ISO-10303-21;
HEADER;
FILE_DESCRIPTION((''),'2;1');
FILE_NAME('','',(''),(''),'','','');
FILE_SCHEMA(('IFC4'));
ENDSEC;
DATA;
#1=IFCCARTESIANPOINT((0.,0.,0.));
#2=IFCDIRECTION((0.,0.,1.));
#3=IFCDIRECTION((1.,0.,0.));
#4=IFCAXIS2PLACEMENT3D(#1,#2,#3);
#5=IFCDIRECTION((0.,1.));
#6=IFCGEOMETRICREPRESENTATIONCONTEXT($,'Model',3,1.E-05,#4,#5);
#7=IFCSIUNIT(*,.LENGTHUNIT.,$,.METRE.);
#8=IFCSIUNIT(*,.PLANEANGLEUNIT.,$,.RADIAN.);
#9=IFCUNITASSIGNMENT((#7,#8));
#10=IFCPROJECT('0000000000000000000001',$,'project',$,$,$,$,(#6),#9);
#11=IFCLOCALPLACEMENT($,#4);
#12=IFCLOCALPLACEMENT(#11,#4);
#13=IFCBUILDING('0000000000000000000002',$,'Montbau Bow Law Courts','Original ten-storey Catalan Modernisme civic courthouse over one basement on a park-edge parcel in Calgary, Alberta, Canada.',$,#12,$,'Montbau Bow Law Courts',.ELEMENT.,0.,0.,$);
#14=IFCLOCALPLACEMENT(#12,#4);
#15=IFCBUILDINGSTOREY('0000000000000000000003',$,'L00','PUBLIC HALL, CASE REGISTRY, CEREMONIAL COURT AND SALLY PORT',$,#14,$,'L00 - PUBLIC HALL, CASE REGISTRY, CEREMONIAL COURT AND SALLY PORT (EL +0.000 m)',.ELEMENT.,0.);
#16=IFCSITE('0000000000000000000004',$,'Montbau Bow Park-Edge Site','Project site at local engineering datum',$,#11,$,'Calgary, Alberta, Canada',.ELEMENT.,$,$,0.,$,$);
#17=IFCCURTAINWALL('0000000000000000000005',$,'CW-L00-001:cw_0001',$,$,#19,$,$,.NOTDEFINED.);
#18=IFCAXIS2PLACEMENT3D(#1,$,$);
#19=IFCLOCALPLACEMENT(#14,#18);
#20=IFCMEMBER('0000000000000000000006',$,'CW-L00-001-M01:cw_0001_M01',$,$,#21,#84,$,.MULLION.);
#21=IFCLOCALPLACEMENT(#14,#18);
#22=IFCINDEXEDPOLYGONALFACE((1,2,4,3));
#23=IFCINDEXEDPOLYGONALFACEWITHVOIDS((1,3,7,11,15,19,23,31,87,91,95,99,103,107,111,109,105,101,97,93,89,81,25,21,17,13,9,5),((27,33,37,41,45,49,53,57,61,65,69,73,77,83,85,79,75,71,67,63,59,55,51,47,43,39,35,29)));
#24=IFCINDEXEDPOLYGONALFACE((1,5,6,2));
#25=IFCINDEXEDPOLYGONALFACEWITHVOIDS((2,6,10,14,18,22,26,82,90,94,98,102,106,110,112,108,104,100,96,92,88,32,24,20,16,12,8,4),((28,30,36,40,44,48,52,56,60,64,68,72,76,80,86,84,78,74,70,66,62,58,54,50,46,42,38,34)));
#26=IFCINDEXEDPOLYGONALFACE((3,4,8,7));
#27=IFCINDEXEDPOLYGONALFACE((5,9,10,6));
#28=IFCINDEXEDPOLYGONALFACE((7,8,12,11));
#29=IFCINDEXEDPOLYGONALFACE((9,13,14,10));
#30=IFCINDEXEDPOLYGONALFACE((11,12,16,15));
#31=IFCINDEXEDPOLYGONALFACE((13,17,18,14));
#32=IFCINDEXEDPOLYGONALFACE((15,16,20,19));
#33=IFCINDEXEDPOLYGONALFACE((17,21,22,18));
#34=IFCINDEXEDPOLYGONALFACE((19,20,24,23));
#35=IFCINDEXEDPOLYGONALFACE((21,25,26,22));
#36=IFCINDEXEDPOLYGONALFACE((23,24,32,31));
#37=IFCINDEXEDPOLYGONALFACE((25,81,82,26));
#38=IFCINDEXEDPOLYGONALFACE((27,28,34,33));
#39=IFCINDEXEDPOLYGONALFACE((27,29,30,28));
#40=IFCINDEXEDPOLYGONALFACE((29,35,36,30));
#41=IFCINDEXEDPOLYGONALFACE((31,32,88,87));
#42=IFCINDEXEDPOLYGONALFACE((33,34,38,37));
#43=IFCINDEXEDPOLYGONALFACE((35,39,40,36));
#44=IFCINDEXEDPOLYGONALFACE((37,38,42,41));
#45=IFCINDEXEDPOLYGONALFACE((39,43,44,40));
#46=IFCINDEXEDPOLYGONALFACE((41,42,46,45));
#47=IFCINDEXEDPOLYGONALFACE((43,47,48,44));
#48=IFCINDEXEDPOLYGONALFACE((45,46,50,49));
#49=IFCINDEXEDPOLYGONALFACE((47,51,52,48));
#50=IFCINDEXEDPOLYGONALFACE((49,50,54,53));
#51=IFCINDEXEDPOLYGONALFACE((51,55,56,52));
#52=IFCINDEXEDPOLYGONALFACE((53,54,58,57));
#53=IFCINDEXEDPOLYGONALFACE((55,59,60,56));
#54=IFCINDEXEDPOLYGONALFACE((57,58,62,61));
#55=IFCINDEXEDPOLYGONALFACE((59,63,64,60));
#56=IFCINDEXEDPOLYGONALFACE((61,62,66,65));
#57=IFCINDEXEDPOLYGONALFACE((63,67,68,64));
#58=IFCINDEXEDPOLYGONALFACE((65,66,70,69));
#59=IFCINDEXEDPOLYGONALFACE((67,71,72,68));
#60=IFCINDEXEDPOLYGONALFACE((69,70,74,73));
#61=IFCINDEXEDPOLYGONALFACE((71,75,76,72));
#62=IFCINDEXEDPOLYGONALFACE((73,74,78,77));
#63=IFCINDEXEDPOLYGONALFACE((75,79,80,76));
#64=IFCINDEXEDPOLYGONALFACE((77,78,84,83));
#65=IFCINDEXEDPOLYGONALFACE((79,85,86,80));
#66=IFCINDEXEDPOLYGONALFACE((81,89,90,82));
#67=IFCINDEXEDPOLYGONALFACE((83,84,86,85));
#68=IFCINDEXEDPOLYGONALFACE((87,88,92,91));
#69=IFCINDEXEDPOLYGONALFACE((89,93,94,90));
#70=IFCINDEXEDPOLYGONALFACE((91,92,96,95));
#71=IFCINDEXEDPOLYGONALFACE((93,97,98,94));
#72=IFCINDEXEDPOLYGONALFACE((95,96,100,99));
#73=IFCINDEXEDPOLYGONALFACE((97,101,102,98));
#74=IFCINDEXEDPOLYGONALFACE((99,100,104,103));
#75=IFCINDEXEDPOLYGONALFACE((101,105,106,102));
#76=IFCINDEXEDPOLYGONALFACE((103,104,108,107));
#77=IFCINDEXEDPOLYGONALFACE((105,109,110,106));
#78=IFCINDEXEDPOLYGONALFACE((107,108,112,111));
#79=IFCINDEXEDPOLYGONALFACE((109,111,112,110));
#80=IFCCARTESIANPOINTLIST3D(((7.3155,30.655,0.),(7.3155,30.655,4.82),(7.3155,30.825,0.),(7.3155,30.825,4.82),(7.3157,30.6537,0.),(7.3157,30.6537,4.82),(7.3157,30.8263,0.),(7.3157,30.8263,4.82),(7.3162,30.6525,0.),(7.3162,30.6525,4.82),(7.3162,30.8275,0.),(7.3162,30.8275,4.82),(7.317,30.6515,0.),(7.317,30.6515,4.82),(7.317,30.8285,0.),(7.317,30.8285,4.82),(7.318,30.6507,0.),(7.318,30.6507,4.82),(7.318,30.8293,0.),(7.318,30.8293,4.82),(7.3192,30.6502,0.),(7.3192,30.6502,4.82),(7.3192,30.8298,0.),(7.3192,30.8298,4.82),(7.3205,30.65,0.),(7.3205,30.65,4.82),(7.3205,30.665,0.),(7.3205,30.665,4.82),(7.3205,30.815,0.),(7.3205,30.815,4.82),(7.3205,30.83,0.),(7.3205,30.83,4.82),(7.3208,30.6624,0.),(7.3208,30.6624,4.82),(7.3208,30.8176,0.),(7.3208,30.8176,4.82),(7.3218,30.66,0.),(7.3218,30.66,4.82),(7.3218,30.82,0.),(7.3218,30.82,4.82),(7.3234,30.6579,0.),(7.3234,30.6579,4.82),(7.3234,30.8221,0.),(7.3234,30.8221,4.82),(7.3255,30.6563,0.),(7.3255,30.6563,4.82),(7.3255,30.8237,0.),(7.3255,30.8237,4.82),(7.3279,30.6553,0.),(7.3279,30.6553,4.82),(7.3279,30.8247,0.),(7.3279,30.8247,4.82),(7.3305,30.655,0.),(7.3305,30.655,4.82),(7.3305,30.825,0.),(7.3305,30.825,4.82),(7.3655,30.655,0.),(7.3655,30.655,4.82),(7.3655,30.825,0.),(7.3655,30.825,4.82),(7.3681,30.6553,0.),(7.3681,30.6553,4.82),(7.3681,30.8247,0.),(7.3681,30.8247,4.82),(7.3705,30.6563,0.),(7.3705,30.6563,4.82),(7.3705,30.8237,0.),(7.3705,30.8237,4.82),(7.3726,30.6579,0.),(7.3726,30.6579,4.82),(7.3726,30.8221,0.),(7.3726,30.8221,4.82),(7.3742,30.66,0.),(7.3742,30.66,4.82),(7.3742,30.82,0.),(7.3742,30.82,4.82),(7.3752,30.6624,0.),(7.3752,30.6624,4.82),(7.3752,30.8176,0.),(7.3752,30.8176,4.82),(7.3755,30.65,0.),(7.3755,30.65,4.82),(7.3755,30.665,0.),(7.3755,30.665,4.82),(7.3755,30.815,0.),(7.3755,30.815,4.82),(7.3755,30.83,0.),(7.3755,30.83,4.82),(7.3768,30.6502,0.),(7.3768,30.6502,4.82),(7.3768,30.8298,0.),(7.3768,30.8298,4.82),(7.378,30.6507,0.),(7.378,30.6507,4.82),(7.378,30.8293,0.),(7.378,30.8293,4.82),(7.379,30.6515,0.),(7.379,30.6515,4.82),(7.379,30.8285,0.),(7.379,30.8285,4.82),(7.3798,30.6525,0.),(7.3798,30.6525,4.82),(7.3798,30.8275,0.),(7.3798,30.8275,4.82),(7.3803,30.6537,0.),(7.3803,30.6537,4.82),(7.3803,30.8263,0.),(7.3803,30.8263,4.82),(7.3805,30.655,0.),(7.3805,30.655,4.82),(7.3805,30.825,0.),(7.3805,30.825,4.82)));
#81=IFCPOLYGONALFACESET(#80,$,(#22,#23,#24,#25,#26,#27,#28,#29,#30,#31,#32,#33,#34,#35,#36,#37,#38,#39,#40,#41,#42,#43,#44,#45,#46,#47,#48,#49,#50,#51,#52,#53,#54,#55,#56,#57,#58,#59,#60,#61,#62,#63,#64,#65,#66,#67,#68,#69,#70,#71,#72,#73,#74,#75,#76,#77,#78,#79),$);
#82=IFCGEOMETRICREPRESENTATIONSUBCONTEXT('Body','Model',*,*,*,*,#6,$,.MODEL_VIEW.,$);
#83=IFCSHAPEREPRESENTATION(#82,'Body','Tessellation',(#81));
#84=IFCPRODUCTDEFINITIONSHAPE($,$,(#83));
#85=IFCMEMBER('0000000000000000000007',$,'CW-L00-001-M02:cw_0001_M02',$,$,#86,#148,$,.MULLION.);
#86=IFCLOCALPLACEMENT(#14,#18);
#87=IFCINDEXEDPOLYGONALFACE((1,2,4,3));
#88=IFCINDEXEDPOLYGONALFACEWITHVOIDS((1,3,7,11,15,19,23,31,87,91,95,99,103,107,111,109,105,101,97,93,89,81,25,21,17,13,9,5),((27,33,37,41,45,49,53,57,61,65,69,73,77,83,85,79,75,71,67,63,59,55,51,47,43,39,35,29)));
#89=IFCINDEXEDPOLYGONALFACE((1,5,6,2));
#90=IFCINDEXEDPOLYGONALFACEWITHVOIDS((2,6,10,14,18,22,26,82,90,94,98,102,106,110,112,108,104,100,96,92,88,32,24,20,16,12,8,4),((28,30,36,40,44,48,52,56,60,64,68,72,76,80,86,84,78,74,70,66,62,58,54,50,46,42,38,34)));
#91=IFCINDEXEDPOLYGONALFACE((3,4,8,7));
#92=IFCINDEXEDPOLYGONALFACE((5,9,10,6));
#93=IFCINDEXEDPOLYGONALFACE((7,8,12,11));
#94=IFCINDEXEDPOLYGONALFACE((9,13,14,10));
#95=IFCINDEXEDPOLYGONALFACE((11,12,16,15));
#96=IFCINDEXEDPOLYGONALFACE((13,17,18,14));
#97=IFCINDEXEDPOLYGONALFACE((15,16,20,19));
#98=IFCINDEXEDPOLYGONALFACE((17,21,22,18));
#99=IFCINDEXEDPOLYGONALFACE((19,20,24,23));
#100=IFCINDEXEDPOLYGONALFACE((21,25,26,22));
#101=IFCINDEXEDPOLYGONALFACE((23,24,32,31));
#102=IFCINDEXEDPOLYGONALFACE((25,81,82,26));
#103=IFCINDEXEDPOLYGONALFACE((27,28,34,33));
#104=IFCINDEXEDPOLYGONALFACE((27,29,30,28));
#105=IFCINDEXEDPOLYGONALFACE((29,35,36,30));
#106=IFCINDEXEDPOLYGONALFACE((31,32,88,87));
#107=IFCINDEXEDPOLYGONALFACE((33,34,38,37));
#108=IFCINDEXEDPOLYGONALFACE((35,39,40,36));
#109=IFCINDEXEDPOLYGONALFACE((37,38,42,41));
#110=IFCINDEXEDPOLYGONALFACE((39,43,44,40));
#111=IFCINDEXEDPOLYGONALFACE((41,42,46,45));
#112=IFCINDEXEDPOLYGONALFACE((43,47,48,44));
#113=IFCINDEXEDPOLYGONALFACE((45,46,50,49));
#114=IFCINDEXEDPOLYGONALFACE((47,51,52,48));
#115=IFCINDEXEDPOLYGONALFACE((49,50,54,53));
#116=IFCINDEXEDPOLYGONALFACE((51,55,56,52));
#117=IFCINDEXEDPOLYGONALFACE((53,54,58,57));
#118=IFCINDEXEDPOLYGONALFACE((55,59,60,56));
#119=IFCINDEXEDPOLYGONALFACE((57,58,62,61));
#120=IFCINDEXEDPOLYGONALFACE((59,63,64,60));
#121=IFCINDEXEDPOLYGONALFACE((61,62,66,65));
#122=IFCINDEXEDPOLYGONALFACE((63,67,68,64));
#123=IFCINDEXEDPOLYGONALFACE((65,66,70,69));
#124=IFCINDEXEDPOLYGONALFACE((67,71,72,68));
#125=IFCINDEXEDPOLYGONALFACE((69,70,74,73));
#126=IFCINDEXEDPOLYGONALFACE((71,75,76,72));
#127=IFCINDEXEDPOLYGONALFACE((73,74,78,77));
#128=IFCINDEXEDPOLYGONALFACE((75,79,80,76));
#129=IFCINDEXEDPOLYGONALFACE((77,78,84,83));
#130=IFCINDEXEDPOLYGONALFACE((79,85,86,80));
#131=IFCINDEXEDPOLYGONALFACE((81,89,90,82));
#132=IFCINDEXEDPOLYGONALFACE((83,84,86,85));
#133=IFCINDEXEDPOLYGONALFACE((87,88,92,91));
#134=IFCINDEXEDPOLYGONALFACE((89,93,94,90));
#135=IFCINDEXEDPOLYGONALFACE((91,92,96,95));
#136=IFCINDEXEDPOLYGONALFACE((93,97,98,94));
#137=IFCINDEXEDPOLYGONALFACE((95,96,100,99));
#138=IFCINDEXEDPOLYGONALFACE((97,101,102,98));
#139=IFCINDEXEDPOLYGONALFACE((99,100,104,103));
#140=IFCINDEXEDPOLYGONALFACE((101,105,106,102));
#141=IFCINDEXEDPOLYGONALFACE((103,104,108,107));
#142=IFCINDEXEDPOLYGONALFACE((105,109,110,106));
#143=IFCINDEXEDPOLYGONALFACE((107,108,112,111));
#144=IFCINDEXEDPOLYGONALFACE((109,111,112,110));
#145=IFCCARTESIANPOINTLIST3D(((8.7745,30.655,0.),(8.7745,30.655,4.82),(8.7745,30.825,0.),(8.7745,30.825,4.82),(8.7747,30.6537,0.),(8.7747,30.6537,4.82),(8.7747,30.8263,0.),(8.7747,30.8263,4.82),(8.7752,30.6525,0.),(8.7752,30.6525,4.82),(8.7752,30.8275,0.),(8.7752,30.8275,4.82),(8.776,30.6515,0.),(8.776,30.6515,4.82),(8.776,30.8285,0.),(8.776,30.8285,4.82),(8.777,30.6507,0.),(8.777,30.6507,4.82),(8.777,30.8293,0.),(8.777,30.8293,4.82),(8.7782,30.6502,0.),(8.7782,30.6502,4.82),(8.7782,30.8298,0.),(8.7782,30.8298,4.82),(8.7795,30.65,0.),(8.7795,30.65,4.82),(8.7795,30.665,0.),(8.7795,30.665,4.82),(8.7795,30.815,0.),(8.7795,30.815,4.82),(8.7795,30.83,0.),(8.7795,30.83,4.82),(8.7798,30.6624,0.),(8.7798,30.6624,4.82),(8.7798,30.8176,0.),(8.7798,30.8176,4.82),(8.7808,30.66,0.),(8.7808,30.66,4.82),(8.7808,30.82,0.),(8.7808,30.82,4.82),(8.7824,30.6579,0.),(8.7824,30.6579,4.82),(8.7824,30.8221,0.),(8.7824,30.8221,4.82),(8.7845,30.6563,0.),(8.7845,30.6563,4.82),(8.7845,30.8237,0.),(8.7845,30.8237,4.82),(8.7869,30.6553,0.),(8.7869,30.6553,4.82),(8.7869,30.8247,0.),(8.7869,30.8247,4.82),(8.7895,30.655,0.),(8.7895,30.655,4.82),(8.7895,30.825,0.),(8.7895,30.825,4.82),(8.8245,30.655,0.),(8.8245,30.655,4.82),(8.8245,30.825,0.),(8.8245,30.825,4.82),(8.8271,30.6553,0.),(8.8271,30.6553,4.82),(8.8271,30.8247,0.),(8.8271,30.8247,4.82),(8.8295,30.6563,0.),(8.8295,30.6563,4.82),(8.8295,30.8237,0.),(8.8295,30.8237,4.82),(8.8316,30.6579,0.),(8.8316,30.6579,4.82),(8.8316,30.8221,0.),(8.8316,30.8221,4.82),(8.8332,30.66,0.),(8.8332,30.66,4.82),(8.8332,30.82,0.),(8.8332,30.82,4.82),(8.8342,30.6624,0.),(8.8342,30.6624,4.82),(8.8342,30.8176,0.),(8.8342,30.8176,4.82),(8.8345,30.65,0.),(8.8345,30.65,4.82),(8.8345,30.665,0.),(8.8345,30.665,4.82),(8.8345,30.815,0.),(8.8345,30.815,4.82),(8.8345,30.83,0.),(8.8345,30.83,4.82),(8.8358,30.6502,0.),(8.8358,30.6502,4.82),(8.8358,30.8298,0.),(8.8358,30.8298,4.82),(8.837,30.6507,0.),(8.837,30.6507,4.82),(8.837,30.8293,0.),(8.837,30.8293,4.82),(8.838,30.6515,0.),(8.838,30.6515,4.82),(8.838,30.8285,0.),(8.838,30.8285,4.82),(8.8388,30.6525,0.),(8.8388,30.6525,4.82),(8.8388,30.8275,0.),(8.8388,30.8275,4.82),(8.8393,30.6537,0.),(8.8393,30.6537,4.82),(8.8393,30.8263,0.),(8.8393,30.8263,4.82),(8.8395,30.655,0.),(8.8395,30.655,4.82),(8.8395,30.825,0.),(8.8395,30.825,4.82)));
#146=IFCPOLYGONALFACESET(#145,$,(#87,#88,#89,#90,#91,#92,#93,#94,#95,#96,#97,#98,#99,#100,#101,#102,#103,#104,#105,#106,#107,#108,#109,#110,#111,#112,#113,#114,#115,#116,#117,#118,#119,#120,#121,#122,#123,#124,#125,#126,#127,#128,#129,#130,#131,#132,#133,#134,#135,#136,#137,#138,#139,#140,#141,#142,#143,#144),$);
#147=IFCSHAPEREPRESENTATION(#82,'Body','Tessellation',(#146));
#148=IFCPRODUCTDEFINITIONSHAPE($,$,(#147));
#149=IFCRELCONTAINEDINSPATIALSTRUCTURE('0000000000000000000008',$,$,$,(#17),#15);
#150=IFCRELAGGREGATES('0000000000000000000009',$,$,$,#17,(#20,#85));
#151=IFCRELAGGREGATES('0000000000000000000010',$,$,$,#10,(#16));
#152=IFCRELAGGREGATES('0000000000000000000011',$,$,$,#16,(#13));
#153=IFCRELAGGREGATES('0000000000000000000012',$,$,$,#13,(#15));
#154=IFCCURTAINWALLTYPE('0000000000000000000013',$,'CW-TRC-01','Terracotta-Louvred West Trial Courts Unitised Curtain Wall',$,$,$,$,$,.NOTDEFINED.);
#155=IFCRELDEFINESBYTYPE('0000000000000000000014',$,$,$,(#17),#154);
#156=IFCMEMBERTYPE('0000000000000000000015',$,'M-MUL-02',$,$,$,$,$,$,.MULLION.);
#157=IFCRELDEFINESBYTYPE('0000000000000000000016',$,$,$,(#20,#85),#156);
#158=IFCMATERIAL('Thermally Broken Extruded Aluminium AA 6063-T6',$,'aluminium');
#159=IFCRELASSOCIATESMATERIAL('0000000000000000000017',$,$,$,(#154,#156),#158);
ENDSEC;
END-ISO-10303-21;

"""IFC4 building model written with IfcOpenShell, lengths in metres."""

from ifc_helpers import new_model, si_unit, direction, frame, origin_with_axes, origin_2d_with_axis, place, context, subcontext, project, spatial, hollow_rectangle, extrude, material, material_profile, profile_set, type_object, element, aggregate, save


model = new_model("IFC4")

# Units and contexts
model_context = context("Model", 3, precision=1e-05, world=origin_with_axes(), true_north=direction((0.0, 1.0)))
body_context = subcontext(model_context, "Body", "Model", "MODEL_VIEW")
ifc_project = project(units=[si_unit("LENGTHUNIT", "METRE"), si_unit("PLANEANGLEUNIT", "RADIAN")], contexts=[model_context])

# Site, building, storey
site_placement = place(None, origin_with_axes())
site = spatial("IfcSite", under=ifc_project, at=site_placement, Name="Montbau Bow Park-Edge Site", Description="Project site at local engineering datum", LongName="Calgary, Alberta, Canada", CompositionType="ELEMENT", RefElevation=0.0)
building_placement = place(site_placement, origin_with_axes())
building = spatial("IfcBuilding", under=site, at=building_placement, Name="Montbau Bow Law Courts", Description="Original ten-storey Catalan Modernisme civic courthouse over one basement on a park-edge parcel in Calgary, Alberta, Canada.", LongName="Montbau Bow Law Courts", CompositionType="ELEMENT", ElevationOfRefHeight=0.0, ElevationOfTerrain=0.0)
storey_placement = place(building_placement, origin_with_axes())
storey = spatial("IfcBuildingStorey", under=building, at=storey_placement, Name="L00", Description="PUBLIC HALL, CASE REGISTRY, CEREMONIAL COURT AND SALLY PORT", LongName="L00 - PUBLIC HALL, CASE REGISTRY, CEREMONIAL COURT AND SALLY PORT (EL +0.000 m)", CompositionType="ELEMENT", Elevation=0.0)

# Curtain wall, members
ifc_material_1 = material(Name="Thermally Broken Extruded Aluminium AA 6063-T6", Category="aluminium")
curtain_wall_type = type_object("IfcCurtainWallType", Name="CW-TRC-01", Description="Terracotta-Louvred West Trial Courts Unitised Curtain Wall", PredefinedType="NOTDEFINED", material=ifc_material_1)
curtain_wall_1_placement = place(None, frame((7.315, 30.74, 0.0), z_axis=(0.0, 0.0, 1.0), x_axis=(1.0, 0.0, 0.0)))
curtain_wall_1 = element("IfcCurtainWall", 1, at=curtain_wall_1_placement, inside=storey, type_object=curtain_wall_type, Name="CW-L00-001:cw_0001", PredefinedType="NOTDEFINED")
ifc_material_profile_1 = material_profile(ifc_material_1, hollow_rectangle(XDim=0.065, YDim=0.18, WallThickness=0.005, InnerFilletRadius=0.01, OuterFilletRadius=0.005, at=origin_2d_with_axis()), Name="CWM-180X65", Category="Main", Priority=0)
ifc_profile_set_1 = profile_set([ifc_material_profile_1], Name="Thermally Broken Extruded Aluminium AA 6063-T6")
member_type_1 = type_object("IfcMemberType", Name="M-MUL-02", PredefinedType="MULLION", material=ifc_profile_set_1)
member_1_placement = place(None, frame((7.348, 30.74, 0.0), z_axis=(0.0, 0.0, 1.0), x_axis=(1.0, 0.0, 0.0)))
member_1 = element("IfcMember", 2, at=member_1_placement, type_object=member_type_1, Name="CW-L00-001-M01:cw_0001_M01", PredefinedType="MULLION", context=body_context, shape_type="SweptSolid", body=[
    extrude(hollow_rectangle(XDim=0.065, YDim=0.18, WallThickness=0.005, InnerFilletRadius=0.01, OuterFilletRadius=0.005, at=origin_2d_with_axis()), origin_with_axes(), (0.0, 0.0, 1.0), 4.82),
])
member_2_placement = place(None, frame((8.807, 30.74, 0.0), z_axis=(0.0, 0.0, 1.0), x_axis=(1.0, 0.0, 0.0)))
member_2 = element("IfcMember", 3, at=member_2_placement, type_object=member_type_1, Name="CW-L00-001-M02:cw_0001_M02", PredefinedType="MULLION", context=body_context, shape_type="SweptSolid", body=[
    extrude(hollow_rectangle(XDim=0.065, YDim=0.18, WallThickness=0.005, InnerFilletRadius=0.01, OuterFilletRadius=0.005, at=origin_2d_with_axis()), origin_with_axes(), (0.0, 0.0, 1.0), 4.82),
])

aggregate(curtain_wall_1, [member_1, member_2])

save(model, "model.ifc")
